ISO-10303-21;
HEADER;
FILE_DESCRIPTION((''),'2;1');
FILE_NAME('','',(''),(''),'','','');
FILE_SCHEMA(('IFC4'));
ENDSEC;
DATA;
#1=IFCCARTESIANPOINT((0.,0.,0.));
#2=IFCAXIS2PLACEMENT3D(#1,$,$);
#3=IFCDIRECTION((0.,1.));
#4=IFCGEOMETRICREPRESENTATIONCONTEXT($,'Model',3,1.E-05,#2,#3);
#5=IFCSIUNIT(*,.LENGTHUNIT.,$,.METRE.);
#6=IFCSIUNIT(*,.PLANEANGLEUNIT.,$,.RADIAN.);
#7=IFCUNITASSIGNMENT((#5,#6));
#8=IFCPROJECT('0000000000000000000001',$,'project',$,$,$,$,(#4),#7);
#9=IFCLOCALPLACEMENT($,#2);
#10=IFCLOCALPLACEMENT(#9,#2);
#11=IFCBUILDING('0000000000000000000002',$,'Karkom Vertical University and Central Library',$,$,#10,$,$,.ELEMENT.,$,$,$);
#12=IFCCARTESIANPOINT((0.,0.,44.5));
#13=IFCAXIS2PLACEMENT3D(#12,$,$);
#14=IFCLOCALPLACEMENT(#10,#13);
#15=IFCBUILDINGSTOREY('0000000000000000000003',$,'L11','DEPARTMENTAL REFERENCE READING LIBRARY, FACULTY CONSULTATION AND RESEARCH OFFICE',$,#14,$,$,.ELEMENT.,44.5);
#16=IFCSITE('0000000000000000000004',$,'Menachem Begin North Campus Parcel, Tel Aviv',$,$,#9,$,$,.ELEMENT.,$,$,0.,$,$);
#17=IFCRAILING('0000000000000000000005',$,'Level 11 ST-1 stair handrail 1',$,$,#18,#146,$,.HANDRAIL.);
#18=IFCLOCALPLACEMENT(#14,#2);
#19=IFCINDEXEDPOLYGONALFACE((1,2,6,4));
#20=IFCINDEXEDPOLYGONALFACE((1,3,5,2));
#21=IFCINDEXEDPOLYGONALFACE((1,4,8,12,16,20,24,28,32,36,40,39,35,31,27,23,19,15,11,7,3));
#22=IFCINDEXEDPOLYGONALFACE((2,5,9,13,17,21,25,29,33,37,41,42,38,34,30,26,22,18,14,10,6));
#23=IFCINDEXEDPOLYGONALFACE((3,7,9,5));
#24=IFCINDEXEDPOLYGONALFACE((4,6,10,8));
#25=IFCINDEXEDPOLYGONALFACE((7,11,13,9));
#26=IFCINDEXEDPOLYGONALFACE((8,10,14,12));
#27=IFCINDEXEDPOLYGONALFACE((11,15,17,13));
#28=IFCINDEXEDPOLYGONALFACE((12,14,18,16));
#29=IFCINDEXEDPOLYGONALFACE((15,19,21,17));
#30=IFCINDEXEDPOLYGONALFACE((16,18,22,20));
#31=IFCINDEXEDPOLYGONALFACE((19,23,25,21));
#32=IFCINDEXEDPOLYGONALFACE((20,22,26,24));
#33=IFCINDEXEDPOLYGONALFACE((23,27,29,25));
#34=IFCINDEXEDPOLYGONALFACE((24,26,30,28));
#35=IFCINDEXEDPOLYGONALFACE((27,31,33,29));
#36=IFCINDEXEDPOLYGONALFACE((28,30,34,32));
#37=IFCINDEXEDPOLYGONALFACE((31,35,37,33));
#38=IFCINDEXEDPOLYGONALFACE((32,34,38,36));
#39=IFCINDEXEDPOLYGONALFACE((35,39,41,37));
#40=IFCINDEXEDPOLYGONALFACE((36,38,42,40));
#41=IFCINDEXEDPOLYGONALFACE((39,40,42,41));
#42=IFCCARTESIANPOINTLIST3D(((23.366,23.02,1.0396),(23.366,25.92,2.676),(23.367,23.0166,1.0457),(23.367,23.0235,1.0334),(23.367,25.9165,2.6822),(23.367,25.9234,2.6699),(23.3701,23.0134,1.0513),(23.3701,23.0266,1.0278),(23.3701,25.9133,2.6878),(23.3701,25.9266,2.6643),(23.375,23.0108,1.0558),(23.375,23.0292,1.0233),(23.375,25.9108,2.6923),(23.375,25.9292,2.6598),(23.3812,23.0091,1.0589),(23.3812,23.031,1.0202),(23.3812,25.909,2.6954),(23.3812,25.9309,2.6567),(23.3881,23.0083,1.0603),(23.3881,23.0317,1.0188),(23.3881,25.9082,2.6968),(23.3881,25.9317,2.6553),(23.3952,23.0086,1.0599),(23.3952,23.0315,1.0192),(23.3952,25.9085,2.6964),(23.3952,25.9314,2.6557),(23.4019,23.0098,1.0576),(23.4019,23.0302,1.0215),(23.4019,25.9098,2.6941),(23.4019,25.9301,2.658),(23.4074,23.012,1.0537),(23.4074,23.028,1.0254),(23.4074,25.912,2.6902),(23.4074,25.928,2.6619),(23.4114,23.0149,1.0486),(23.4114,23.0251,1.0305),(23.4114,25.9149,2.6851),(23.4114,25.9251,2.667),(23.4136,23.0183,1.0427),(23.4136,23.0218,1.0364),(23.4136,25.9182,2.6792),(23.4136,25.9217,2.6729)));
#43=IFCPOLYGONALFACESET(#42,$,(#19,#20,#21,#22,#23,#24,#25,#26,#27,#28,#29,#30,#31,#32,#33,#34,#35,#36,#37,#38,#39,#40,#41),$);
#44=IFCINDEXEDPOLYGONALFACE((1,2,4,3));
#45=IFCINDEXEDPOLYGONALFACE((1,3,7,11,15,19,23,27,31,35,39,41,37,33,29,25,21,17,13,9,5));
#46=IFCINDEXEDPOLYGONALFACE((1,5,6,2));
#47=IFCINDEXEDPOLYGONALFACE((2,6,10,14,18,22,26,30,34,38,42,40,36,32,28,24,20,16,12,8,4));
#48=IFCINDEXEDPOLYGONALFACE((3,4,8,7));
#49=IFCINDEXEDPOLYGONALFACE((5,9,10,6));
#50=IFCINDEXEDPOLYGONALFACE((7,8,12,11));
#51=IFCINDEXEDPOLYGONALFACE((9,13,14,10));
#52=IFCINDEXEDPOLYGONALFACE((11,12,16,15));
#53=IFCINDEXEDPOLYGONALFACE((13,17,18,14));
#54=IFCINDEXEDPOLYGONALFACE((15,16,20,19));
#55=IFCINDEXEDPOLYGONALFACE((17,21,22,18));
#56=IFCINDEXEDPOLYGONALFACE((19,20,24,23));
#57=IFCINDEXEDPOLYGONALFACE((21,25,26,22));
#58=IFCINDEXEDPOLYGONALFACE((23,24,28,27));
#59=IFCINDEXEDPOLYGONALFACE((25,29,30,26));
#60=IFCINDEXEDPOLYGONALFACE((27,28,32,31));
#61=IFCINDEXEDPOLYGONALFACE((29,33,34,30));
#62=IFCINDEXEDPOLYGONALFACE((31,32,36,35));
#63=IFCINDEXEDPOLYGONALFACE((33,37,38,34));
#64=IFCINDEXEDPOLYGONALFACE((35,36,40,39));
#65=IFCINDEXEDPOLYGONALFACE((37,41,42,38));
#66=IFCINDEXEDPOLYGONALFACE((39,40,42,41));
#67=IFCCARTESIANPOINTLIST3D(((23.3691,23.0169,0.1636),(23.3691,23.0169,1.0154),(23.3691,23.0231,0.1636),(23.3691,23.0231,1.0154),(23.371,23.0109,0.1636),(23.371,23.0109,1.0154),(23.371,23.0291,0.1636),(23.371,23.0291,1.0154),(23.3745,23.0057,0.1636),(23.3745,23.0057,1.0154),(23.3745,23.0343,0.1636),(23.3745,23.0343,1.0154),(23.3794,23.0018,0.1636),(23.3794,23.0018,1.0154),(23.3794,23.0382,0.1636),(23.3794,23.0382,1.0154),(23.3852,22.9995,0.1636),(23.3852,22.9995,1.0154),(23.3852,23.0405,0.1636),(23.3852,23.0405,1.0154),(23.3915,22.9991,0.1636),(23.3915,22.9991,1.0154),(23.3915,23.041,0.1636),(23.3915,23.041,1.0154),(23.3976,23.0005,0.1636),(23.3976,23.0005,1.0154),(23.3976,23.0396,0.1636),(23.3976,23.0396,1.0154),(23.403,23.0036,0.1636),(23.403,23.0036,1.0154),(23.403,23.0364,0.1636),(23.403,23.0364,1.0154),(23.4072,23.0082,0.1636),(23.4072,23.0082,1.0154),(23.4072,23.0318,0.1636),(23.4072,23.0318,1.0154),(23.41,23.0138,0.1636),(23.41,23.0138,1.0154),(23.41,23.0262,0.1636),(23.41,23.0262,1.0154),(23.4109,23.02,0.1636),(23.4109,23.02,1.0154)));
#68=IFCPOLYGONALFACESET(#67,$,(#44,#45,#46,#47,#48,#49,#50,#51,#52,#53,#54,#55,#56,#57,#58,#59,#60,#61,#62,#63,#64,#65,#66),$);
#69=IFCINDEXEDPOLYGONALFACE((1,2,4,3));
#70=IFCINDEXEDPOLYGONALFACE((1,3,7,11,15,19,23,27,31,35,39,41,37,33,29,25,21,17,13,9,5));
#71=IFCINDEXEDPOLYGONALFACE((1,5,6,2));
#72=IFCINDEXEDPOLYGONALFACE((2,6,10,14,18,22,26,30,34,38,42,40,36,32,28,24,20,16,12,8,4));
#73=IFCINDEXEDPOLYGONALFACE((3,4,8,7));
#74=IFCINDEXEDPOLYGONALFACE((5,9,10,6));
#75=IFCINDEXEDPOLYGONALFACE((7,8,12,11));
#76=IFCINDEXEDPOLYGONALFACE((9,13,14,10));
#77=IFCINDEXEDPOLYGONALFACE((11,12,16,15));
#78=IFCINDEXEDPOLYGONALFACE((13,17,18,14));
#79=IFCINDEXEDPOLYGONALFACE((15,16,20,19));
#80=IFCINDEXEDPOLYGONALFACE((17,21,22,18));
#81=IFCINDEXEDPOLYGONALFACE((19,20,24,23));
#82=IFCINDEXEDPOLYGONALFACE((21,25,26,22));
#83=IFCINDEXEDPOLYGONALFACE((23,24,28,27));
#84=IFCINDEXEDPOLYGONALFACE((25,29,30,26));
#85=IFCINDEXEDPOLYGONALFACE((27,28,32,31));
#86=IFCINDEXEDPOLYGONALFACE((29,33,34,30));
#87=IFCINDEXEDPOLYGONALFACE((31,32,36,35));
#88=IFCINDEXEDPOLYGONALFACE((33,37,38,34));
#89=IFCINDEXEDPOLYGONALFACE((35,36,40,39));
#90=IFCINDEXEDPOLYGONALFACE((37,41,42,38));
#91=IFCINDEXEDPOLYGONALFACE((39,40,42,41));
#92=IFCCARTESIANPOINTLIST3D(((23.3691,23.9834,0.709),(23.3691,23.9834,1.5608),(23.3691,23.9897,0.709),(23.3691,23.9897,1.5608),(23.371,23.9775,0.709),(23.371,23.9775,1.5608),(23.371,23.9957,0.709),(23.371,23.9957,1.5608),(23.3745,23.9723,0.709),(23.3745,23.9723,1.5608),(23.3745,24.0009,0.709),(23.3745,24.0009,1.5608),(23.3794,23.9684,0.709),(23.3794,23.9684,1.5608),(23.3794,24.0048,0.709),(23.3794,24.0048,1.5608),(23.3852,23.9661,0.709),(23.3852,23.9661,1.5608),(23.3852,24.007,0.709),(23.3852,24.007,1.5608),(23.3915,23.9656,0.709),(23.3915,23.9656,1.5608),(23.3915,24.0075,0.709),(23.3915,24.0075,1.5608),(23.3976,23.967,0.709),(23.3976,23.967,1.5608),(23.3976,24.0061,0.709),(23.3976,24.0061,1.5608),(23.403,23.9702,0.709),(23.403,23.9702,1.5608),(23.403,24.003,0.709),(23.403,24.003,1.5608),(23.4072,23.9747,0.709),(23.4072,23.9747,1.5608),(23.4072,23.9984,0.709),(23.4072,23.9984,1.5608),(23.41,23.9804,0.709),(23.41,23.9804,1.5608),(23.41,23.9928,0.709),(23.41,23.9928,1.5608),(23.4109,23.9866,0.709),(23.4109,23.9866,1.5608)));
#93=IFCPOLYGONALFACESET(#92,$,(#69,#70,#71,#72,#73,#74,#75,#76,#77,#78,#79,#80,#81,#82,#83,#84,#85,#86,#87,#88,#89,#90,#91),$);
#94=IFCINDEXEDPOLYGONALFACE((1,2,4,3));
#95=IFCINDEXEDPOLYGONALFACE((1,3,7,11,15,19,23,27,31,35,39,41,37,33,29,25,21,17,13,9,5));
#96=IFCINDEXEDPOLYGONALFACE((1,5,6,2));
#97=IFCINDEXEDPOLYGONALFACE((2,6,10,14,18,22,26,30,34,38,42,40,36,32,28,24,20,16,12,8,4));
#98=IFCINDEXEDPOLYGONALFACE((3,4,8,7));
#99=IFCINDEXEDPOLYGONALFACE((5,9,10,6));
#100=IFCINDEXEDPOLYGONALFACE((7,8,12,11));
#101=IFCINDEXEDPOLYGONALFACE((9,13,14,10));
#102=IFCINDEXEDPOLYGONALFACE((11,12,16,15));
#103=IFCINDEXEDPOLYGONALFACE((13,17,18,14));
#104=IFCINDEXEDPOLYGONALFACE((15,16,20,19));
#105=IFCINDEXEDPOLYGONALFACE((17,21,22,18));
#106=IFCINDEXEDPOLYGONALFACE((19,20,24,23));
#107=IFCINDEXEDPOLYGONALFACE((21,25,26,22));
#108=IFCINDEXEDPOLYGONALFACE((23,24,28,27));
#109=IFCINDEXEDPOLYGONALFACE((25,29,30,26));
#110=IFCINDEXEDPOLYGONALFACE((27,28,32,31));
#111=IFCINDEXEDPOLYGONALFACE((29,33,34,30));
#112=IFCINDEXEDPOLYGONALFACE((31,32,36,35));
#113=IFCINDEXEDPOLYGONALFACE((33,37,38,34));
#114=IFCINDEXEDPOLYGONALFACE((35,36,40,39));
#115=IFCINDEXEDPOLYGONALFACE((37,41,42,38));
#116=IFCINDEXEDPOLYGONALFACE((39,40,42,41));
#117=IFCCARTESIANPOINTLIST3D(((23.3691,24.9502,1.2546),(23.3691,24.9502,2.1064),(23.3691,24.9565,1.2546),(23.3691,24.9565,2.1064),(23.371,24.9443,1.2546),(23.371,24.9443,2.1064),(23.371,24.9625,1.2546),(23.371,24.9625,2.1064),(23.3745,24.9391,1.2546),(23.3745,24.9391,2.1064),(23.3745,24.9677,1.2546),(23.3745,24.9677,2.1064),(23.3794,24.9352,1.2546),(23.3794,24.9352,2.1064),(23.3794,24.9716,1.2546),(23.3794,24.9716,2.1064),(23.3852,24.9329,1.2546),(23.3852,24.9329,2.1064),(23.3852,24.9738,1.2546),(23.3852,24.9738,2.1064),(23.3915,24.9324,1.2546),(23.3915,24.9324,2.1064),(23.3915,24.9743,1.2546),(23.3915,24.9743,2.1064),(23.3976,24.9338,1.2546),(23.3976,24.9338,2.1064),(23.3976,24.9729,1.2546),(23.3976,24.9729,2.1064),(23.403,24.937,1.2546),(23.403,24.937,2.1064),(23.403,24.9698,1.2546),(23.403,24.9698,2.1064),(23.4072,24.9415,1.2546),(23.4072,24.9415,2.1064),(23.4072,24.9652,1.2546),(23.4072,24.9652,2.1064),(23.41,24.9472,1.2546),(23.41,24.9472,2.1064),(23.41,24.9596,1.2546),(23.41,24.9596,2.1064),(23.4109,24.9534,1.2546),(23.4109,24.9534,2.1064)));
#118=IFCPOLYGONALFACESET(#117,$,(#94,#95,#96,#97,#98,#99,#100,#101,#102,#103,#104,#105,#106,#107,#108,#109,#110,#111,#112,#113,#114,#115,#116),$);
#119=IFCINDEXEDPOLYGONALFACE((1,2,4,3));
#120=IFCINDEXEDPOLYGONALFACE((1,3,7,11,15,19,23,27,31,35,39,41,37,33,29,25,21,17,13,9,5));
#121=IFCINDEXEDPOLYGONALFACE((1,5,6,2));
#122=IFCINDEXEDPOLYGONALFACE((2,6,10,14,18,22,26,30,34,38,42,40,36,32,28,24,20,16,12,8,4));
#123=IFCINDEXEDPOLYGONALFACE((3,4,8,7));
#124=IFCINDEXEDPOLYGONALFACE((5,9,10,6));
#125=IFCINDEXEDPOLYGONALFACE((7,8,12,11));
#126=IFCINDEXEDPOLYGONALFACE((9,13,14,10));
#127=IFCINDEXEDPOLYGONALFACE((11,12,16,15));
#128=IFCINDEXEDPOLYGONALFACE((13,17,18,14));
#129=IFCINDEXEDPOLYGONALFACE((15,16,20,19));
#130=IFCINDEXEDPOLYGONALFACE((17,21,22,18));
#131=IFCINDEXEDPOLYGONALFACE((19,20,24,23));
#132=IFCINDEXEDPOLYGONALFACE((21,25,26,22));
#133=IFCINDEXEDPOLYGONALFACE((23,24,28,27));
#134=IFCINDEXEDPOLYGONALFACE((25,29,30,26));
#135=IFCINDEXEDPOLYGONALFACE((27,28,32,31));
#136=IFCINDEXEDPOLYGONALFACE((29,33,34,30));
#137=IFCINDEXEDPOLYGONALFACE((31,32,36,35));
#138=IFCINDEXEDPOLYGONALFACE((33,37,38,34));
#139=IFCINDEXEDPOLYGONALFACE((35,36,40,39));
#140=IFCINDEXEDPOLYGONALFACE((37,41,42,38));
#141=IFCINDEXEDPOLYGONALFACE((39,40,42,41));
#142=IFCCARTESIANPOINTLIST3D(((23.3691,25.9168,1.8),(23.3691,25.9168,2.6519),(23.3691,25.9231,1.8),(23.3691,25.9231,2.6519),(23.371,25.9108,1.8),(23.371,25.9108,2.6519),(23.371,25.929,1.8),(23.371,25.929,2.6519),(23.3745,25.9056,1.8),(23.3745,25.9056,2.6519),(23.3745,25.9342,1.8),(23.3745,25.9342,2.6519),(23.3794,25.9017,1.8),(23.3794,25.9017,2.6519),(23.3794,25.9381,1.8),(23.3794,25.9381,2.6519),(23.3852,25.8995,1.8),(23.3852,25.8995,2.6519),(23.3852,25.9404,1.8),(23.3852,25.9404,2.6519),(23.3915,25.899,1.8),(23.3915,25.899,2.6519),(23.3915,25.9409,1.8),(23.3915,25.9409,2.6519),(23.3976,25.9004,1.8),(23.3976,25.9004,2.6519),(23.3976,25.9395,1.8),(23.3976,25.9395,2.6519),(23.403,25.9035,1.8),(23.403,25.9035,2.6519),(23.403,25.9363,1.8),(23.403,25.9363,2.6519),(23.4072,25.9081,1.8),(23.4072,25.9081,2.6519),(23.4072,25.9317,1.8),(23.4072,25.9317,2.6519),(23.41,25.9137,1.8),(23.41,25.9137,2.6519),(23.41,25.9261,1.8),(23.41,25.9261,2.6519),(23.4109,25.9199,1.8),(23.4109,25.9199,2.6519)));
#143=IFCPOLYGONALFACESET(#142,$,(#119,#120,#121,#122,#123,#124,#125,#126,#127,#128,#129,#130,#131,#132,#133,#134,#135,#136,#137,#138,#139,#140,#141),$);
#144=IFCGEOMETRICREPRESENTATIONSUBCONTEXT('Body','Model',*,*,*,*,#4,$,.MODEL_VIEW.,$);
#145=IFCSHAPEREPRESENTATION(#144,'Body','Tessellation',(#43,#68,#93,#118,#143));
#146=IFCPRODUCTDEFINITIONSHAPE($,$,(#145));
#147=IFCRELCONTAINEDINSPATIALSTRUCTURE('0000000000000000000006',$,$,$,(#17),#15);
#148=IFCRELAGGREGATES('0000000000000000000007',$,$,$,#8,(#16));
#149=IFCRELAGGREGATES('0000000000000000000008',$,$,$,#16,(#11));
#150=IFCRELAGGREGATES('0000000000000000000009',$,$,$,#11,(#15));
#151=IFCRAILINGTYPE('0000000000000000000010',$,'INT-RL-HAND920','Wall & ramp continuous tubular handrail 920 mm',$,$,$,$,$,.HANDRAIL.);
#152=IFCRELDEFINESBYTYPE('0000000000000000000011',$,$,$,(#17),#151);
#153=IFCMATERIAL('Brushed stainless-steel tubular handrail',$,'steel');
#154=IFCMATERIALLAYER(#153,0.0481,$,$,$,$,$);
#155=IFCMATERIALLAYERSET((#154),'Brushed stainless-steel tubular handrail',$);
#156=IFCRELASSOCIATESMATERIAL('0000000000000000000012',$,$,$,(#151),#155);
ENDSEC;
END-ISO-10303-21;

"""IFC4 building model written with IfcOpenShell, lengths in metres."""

from ifc_helpers import new_model, si_unit, direction, frame, origin, origin_2d, place, context, subcontext, project, spatial, circle, extrude, material, layer, layer_set, type_object, element, save


model = new_model("IFC4")

# Units and contexts
model_context = context("Model", 3, precision=1e-05, world=origin(), true_north=direction((0.0, 1.0)))
body_context = subcontext(model_context, "Body", "Model", "MODEL_VIEW")
ifc_project = project(units=[si_unit("LENGTHUNIT", "METRE"), si_unit("PLANEANGLEUNIT", "RADIAN")], contexts=[model_context])

# Site, building, storey
site_placement = place(None, origin())
site = spatial("IfcSite", under=ifc_project, at=site_placement, Name="Menachem Begin North Campus Parcel, Tel Aviv", CompositionType="ELEMENT", RefElevation=0.0)
building_placement = place(site_placement, origin())
building = spatial("IfcBuilding", under=site, at=building_placement, Name="Karkom Vertical University and Central Library", CompositionType="ELEMENT")
storey_placement = place(building_placement, frame((0.0, 0.0, 44.5)))
storey = spatial("IfcBuildingStorey", under=building, at=storey_placement, Name="L11", Description="DEPARTMENTAL REFERENCE READING LIBRARY, FACULTY CONSULTATION AND RESEARCH OFFICE", CompositionType="ELEMENT", Elevation=44.5)

# Railing
ifc_material_1 = material(Name="Brushed stainless-steel tubular handrail", Category="steel")
ifc_layer_1 = layer(ifc_material_1, 0.0481)
ifc_layer_set_1 = layer_set([ifc_layer_1], Name="Brushed stainless-steel tubular handrail")
railing_type_1 = type_object("IfcRailingType", Name="INT-RL-HAND920", Description="Wall & ramp continuous tubular handrail 920 mm", PredefinedType="HANDRAIL", material=ifc_layer_set_1)
railing_1_placement = place(storey_placement, frame((23.3899, 23.02, 0.1636)))
element("IfcRailing", 1, at=railing_1_placement, inside=storey, type_object=railing_type_1, Name="Level 11 ST-1 stair handrail 1", PredefinedType="HANDRAIL", context=body_context, shape_type="SweptSolid", body=[
    extrude(circle(Radius=0.0239, at=origin_2d()), frame((0.0, 0.0, 0.876), z_axis=(0.0, 0.870897, 0.491465), x_axis=(-1.0, 0.0, 0.0)), (0.0, 0.0, 1.0), 3.3298),
    extrude(circle(Radius=0.021, at=origin_2d()), origin(), (0.0, 0.0, 1.0), 0.8518),
    extrude(circle(Radius=0.021, at=origin_2d()), frame((0.0, 0.9666, 0.5454)), (0.0, 0.0, 1.0), 0.8518),
    extrude(circle(Radius=0.021, at=origin_2d()), frame((0.0, 1.9333, 1.0911)), (0.0, 0.0, 1.0), 0.8518),
    extrude(circle(Radius=0.021, at=origin_2d()), frame((0.0, 2.8999, 1.6365)), (0.0, 0.0, 1.0), 0.8518),
])

save(model, "model.ifc")
